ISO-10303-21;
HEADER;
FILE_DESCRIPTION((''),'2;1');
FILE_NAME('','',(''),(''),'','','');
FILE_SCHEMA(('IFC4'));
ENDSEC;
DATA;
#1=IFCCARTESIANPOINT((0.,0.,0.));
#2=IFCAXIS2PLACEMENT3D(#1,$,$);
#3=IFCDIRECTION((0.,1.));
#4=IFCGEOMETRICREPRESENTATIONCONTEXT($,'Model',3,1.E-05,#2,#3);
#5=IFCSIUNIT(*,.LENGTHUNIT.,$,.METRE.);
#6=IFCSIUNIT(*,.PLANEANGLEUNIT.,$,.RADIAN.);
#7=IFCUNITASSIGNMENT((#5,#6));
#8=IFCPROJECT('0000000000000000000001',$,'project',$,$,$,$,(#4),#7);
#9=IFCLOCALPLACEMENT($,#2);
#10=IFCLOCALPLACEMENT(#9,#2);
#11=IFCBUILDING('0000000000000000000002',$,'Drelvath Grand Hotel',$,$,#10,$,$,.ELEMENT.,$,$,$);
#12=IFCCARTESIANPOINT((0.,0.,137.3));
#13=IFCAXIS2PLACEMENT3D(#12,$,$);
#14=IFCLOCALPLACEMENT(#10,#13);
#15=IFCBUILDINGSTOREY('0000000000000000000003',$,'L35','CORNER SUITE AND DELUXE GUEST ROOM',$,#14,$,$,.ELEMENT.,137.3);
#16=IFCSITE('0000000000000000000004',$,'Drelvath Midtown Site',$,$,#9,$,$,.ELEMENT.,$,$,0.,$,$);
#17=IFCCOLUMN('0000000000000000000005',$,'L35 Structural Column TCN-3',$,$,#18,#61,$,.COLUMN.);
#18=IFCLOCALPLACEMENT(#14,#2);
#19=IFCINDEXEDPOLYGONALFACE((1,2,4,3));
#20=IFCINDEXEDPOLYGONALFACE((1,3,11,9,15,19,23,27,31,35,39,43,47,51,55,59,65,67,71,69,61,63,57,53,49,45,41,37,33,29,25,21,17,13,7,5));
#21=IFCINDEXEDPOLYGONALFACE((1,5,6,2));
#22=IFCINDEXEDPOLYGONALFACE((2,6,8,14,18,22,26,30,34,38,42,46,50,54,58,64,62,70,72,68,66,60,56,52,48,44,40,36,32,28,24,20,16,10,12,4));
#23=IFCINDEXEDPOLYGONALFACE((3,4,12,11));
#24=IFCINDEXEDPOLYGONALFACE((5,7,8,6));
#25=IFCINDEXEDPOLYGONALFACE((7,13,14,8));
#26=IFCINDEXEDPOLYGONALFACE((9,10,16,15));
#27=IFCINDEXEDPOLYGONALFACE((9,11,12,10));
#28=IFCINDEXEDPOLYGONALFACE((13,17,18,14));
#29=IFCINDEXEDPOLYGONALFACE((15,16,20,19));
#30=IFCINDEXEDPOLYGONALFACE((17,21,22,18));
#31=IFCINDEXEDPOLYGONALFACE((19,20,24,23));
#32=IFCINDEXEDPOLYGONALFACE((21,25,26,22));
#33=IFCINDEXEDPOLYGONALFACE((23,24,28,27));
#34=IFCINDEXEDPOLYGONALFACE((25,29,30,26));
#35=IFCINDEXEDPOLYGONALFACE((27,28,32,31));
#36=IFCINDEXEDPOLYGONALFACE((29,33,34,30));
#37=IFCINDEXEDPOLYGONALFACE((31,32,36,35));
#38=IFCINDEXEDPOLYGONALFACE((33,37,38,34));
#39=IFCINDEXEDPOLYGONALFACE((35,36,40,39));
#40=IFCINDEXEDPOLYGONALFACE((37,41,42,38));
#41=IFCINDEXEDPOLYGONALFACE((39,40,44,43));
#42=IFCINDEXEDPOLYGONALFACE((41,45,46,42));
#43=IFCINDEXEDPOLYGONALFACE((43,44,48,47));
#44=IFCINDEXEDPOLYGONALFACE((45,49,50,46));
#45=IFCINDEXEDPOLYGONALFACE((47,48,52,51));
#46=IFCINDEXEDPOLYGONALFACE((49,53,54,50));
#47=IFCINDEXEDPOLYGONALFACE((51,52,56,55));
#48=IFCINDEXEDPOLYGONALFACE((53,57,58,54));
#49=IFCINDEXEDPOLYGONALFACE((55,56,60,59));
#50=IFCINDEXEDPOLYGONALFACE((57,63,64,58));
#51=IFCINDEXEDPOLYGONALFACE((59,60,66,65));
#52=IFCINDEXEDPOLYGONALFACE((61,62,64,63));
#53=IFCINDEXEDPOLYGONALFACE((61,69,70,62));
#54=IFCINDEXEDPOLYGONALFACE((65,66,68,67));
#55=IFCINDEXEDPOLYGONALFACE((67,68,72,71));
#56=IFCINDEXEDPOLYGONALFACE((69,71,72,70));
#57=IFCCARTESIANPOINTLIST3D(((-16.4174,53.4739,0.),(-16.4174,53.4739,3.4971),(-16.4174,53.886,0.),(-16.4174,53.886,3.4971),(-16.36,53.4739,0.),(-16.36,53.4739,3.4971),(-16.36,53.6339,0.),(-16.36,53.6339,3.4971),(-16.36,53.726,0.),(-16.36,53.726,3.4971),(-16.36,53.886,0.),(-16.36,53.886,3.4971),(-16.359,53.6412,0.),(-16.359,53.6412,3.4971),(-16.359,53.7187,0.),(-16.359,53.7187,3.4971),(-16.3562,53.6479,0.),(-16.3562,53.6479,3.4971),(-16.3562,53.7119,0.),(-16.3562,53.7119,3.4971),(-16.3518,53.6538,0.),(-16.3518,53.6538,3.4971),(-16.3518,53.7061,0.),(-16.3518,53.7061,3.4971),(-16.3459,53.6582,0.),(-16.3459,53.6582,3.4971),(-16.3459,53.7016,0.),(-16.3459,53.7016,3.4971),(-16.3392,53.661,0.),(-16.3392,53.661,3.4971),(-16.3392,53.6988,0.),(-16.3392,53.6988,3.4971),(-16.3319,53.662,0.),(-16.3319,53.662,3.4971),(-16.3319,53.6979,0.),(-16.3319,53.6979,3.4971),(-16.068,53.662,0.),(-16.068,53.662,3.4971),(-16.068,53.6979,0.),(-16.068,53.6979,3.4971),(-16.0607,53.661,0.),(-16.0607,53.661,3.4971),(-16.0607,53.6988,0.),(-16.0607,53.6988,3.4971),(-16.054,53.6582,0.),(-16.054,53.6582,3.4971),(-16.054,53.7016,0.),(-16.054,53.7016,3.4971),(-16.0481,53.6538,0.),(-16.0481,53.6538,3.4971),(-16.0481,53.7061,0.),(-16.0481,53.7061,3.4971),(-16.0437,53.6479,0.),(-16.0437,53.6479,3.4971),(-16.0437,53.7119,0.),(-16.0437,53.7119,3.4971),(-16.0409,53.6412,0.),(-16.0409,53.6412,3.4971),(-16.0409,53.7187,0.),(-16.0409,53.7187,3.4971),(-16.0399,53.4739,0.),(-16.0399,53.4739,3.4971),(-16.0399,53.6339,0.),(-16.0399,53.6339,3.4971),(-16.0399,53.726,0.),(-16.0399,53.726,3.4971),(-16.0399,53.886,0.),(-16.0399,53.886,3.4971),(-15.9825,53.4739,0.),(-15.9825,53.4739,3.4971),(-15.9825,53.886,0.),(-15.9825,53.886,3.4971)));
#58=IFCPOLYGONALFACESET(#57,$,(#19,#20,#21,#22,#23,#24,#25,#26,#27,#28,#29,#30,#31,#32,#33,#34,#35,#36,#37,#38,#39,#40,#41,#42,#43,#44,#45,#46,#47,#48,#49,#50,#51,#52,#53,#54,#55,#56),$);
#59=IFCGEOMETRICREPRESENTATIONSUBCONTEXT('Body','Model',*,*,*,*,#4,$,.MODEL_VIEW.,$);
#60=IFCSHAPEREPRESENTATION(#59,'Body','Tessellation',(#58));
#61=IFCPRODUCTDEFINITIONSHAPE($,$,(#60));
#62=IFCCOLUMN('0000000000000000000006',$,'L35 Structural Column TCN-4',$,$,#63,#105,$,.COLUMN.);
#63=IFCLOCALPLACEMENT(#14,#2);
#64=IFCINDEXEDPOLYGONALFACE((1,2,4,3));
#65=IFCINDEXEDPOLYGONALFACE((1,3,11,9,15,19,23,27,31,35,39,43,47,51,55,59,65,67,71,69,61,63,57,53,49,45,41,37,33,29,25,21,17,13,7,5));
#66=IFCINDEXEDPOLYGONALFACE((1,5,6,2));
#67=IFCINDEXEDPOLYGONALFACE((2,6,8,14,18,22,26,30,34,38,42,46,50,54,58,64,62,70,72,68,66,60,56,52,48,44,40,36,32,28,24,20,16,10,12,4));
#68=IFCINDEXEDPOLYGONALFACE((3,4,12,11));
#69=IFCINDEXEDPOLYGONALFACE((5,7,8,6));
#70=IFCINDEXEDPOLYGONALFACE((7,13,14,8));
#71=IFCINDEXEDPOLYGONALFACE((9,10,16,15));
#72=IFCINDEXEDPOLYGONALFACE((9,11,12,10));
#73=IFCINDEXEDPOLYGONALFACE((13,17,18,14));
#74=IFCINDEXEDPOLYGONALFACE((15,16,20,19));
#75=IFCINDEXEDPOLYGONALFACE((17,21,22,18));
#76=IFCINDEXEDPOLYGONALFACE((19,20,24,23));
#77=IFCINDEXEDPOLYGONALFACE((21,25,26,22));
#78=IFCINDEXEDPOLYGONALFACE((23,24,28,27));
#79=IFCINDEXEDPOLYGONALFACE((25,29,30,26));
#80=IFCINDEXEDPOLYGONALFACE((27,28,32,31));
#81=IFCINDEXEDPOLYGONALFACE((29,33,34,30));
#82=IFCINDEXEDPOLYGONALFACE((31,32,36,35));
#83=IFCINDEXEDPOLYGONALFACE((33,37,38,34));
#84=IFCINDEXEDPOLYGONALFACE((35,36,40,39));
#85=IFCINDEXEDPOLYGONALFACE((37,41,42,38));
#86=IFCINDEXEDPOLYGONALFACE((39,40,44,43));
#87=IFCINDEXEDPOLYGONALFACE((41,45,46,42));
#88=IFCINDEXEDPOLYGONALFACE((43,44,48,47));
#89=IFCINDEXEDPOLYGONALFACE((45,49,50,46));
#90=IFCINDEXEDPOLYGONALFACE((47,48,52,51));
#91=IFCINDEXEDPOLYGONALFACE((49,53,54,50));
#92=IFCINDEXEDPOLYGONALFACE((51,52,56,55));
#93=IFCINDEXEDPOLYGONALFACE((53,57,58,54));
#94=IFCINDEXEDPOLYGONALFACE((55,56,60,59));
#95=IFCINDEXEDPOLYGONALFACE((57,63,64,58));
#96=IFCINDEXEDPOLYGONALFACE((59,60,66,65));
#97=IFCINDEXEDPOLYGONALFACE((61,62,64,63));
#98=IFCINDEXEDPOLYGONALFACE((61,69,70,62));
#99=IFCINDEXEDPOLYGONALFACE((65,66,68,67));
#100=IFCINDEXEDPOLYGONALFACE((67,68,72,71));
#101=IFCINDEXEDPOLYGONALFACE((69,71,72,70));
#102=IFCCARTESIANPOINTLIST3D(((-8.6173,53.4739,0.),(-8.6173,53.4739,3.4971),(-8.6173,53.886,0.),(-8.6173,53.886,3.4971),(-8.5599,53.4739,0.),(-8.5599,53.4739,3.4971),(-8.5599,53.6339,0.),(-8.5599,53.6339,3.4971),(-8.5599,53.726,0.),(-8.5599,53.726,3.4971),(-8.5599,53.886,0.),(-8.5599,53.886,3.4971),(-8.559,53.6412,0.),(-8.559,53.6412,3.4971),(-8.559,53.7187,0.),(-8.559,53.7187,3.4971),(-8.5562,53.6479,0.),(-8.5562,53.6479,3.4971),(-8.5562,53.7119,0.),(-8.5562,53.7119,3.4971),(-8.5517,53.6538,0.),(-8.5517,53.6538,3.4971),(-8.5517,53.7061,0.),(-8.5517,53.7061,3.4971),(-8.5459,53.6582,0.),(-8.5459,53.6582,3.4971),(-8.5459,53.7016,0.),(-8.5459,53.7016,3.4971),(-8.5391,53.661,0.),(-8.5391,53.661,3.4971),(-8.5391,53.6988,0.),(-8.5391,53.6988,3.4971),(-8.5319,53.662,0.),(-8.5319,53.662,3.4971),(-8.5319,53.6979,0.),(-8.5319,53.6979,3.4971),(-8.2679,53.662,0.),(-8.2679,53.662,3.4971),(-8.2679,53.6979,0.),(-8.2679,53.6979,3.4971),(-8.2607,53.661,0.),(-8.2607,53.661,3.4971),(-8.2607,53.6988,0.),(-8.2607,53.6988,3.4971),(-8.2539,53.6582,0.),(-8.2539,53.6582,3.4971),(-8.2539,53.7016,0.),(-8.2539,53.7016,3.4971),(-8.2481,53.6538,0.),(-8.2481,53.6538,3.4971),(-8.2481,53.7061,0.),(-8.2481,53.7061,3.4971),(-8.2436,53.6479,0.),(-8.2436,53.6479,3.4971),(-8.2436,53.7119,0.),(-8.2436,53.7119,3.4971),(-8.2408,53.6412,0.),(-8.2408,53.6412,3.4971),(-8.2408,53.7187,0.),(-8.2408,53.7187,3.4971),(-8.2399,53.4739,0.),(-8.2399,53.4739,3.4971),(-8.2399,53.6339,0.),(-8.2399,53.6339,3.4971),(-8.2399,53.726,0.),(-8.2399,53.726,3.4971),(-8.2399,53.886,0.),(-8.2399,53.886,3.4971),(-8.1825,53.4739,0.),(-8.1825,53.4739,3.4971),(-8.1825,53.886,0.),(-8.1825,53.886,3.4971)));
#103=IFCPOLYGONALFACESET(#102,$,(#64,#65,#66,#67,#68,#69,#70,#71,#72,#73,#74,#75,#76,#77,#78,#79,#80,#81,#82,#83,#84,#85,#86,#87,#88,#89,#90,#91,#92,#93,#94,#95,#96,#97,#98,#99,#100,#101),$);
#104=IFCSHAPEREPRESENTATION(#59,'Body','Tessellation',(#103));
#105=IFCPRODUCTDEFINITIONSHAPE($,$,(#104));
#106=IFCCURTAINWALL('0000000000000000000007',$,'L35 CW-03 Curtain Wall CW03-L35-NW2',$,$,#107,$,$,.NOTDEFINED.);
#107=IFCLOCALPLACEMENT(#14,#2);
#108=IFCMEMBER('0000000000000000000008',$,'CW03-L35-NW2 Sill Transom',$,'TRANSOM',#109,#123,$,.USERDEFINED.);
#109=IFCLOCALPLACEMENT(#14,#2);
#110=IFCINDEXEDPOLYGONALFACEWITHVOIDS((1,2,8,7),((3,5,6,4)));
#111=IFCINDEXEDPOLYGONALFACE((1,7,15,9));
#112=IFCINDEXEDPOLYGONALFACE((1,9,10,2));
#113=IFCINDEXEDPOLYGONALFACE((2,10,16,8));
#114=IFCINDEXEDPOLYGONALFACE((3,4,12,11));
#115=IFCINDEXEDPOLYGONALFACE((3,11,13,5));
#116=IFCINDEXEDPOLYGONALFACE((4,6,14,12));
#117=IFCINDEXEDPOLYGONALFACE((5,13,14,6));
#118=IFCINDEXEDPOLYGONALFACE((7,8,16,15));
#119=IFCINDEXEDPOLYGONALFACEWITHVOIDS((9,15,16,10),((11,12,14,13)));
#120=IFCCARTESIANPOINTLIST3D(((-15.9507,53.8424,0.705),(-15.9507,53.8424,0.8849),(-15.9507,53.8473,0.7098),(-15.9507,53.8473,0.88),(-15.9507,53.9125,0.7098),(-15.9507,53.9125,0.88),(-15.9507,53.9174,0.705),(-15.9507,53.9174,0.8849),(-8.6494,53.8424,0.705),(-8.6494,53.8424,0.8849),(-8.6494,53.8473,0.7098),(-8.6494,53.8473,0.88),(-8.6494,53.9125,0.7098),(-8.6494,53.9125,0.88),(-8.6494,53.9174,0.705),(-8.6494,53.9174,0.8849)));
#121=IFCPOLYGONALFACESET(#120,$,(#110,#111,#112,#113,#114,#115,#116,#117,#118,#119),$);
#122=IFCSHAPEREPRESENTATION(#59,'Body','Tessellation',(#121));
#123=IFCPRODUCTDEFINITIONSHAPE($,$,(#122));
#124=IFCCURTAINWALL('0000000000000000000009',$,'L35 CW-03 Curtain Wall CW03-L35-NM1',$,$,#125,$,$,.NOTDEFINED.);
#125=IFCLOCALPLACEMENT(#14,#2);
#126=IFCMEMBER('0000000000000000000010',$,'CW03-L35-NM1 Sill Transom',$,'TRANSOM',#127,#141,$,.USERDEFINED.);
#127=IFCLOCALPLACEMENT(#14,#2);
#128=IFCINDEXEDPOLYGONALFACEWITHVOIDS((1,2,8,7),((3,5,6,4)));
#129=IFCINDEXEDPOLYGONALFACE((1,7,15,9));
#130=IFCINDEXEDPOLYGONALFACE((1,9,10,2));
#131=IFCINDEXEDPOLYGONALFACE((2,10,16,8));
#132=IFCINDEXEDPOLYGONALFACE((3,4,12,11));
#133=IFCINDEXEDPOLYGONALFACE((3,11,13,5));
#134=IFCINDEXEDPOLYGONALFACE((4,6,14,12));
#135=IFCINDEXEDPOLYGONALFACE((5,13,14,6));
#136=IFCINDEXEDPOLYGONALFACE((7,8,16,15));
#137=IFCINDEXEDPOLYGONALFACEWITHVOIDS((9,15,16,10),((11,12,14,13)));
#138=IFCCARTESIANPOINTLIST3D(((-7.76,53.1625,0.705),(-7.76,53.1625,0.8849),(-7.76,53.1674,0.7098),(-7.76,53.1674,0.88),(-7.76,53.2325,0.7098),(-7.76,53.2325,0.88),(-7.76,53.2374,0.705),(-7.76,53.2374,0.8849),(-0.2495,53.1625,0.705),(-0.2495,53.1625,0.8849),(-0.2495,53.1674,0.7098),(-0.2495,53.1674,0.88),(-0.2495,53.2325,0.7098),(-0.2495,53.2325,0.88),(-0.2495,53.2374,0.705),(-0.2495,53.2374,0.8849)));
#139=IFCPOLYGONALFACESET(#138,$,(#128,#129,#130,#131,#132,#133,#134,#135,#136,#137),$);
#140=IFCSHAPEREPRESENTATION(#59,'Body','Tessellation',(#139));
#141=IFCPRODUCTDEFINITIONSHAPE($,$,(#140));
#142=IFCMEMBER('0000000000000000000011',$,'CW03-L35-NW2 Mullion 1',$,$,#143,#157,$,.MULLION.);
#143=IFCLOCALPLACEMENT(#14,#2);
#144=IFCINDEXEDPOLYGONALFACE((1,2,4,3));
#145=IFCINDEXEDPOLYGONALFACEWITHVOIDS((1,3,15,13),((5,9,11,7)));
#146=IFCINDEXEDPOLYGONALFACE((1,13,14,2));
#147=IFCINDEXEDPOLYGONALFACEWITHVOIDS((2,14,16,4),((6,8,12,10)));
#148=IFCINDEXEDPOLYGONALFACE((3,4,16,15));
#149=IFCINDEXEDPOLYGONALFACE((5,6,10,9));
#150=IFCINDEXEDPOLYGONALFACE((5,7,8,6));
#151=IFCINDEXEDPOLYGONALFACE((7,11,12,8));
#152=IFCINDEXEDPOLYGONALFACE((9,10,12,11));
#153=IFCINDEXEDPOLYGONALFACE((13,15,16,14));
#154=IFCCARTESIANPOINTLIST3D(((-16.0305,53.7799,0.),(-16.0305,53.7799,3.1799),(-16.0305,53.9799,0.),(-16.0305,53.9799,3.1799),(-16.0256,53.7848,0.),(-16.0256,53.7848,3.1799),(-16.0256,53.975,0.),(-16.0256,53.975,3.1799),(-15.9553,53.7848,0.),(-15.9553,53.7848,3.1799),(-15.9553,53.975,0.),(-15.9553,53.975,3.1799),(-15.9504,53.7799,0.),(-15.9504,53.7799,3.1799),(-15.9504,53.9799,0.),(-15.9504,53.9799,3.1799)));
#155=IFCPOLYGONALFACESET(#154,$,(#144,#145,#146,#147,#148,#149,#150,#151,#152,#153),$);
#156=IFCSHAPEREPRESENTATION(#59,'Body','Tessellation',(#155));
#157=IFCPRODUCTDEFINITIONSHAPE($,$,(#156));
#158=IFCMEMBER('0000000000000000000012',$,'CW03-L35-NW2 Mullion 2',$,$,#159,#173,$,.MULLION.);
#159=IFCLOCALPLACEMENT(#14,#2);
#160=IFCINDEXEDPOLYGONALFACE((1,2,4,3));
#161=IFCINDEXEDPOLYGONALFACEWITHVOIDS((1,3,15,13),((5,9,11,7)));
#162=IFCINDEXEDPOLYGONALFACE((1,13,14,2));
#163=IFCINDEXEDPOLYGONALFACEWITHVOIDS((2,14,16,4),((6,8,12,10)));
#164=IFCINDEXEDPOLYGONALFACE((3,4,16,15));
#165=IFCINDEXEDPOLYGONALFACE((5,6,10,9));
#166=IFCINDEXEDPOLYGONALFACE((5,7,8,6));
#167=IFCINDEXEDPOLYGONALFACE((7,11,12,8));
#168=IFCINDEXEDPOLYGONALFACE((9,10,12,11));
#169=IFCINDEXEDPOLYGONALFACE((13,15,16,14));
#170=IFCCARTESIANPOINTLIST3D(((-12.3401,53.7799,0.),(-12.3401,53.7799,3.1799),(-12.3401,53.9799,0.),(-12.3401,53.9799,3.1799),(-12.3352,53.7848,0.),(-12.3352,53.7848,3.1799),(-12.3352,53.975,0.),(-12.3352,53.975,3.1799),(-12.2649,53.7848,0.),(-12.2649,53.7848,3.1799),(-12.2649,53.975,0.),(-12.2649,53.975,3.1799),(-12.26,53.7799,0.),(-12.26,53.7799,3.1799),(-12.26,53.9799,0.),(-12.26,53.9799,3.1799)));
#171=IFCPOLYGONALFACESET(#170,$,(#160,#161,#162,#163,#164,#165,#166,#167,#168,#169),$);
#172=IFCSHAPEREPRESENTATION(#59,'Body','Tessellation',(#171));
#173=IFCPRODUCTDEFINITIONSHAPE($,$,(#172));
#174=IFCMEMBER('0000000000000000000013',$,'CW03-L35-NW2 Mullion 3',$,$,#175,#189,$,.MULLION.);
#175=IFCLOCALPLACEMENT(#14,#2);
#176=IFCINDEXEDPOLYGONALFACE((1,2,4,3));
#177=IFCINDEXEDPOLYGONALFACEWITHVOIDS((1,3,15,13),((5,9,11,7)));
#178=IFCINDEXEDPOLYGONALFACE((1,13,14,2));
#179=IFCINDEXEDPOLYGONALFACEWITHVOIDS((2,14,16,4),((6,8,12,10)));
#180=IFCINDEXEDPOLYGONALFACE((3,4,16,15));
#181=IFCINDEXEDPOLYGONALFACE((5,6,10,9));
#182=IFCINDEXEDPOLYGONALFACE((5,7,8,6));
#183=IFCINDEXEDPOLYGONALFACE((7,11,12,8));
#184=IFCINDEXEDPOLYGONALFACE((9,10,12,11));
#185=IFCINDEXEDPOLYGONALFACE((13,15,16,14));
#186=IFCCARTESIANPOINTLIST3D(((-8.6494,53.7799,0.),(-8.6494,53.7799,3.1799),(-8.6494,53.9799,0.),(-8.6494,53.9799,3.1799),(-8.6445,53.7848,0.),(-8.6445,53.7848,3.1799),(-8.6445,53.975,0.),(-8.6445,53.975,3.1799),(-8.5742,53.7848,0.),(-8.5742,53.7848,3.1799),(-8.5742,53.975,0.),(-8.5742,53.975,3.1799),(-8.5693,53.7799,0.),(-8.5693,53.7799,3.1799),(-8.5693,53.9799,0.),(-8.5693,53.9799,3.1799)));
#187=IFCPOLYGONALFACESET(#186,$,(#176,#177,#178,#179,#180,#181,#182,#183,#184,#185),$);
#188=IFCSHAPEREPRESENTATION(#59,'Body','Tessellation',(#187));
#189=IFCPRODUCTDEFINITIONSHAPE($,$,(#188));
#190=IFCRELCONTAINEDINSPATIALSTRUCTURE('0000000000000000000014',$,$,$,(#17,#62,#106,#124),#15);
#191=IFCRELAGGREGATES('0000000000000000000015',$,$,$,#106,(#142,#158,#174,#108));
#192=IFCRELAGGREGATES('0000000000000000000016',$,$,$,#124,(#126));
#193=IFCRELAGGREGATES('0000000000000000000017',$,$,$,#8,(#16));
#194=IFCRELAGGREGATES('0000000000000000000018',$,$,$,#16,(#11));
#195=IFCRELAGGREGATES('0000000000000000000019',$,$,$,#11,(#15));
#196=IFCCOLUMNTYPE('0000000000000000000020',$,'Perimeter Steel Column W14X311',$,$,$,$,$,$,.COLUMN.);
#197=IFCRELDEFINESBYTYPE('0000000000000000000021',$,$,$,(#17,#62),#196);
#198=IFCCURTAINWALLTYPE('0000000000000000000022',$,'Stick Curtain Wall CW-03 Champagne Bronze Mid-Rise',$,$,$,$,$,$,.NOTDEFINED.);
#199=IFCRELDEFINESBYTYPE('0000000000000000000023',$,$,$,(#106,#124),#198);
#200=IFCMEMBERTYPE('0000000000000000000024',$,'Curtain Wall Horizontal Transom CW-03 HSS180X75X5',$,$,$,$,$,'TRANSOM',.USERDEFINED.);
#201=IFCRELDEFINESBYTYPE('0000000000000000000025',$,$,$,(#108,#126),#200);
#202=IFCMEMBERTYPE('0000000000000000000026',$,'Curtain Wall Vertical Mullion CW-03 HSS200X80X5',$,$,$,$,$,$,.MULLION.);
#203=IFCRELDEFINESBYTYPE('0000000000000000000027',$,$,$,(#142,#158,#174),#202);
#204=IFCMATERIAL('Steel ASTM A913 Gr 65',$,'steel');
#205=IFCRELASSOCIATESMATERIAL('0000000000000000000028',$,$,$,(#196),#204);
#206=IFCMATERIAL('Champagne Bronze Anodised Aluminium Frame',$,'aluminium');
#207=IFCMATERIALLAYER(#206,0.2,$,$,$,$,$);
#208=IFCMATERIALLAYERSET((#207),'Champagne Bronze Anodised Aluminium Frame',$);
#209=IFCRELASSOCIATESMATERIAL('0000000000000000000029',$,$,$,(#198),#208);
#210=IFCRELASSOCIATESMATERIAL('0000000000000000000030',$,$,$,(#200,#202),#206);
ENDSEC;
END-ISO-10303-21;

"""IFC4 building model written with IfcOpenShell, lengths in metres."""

from ifc_helpers import new_model, si_unit, direction, frame, origin, origin_2d, place, context, subcontext, project, spatial, hollow_rectangle, i_section, extrude, material, layer, layer_set, material_profile, profile_set, type_object, element, aggregate, save


model = new_model("IFC4")

# Units and contexts
model_context = context("Model", 3, precision=1e-05, world=origin(), true_north=direction((0.0, 1.0)))
body_context = subcontext(model_context, "Body", "Model", "MODEL_VIEW")
ifc_project = project(units=[si_unit("LENGTHUNIT", "METRE"), si_unit("PLANEANGLEUNIT", "RADIAN")], contexts=[model_context])

# Site, building, storey
site_placement = place(None, origin())
site = spatial("IfcSite", under=ifc_project, at=site_placement, Name="Drelvath Midtown Site", CompositionType="ELEMENT", RefElevation=0.0)
building_placement = place(site_placement, origin())
building = spatial("IfcBuilding", under=site, at=building_placement, Name="Drelvath Grand Hotel", CompositionType="ELEMENT")
storey_placement = place(building_placement, frame((0.0, 0.0, 137.3)))
storey = spatial("IfcBuildingStorey", under=building, at=storey_placement, Name="L35", Description="CORNER SUITE AND DELUXE GUEST ROOM", CompositionType="ELEMENT", Elevation=137.3)

# Columns
ifc_material_1 = material(Name="Steel ASTM A913 Gr 65", Category="steel")
ifc_material_profile_1 = material_profile(ifc_material_1, i_section(OverallWidth=0.4121, OverallDepth=0.4348, WebThickness=0.0359, FlangeThickness=0.0574, FilletRadius=0.0281, at=origin_2d()), Name="W14X311")
ifc_profile_set_1 = profile_set([ifc_material_profile_1], Name="Steel ASTM A913 Gr 65")
column_type = type_object("IfcColumnType", Name="Perimeter Steel Column W14X311", PredefinedType="COLUMN", material=ifc_profile_set_1)
for number, where, z_axis, x_axis, name in (
    (1, (-16.2, 53.6799, 0.0), (0.0, 0.0, 1.0), (0.0, 1.0, 0.0), "L35 Structural Column TCN-3"),
    (2, (-8.3999, 53.6799, 0.0), (0.0, 0.0, 1.0), (0.0, 1.0, 0.0), "L35 Structural Column TCN-4"),
):
    element("IfcColumn", number, at=place(storey_placement, frame(where, z_axis=z_axis, x_axis=x_axis)), inside=storey, type_object=column_type, Name=name, PredefinedType="COLUMN", context=body_context, shape_type="SweptSolid", body=[
        extrude(i_section(OverallWidth=0.4121, OverallDepth=0.4348, WebThickness=0.0359, FlangeThickness=0.0574, FilletRadius=0.0281, at=origin_2d()), origin(), (0.0, 0.0, 1.0), 3.4971),
    ])

# Curtain walls, members
ifc_material_2 = material(Name="Champagne Bronze Anodised Aluminium Frame", Category="aluminium")
ifc_layer_1 = layer(ifc_material_2, 0.2)
ifc_layer_set_1 = layer_set([ifc_layer_1], Name="Champagne Bronze Anodised Aluminium Frame")
curtain_wall_type = type_object("IfcCurtainWallType", Name="Stick Curtain Wall CW-03 Champagne Bronze Mid-Rise", PredefinedType="NOTDEFINED", material=ifc_layer_set_1)
curtain_wall_1_placement = place(storey_placement, origin())
curtain_wall_1 = element("IfcCurtainWall", 3, at=curtain_wall_1_placement, inside=storey, type_object=curtain_wall_type, Name="L35 CW-03 Curtain Wall CW03-L35-NW2", PredefinedType="NOTDEFINED")
ifc_material_profile_2 = material_profile(ifc_material_2, hollow_rectangle(XDim=0.075, YDim=0.1799, WallThickness=0.0049, at=origin_2d()), Name="HSS180X75X5")
ifc_profile_set_2 = profile_set([ifc_material_profile_2], Name="Champagne Bronze Anodised Aluminium Frame")
member_type_1 = type_object("IfcMemberType", Name="Curtain Wall Horizontal Transom CW-03 HSS180X75X5", ElementType="TRANSOM", PredefinedType="USERDEFINED", material=ifc_profile_set_2)
member_1_placement = place(storey_placement, frame((-15.9507, 53.8799, 0.7949), z_axis=(1.0, 0.0, 0.0), x_axis=(0.0, 1.0, 0.0)))
member_1 = element("IfcMember", 4, at=member_1_placement, type_object=member_type_1, Name="CW03-L35-NW2 Sill Transom", ObjectType="TRANSOM", PredefinedType="USERDEFINED", context=body_context, shape_type="SweptSolid", body=[
    extrude(hollow_rectangle(XDim=0.075, YDim=0.1799, WallThickness=0.0049, at=origin_2d()), origin(), (0.0, 0.0, 1.0), 7.3013),
])
curtain_wall_2_placement = place(storey_placement, origin())
curtain_wall_2 = element("IfcCurtainWall", 5, at=curtain_wall_2_placement, inside=storey, type_object=curtain_wall_type, Name="L35 CW-03 Curtain Wall CW03-L35-NM1", PredefinedType="NOTDEFINED")
member_2_placement = place(storey_placement, frame((-7.76, 53.2, 0.7949), z_axis=(1.0, 0.0, 0.0), x_axis=(0.0, 1.0, 0.0)))
member_2 = element("IfcMember", 6, at=member_2_placement, type_object=member_type_1, Name="CW03-L35-NM1 Sill Transom", ObjectType="TRANSOM", PredefinedType="USERDEFINED", context=body_context, shape_type="SweptSolid", body=[
    extrude(hollow_rectangle(XDim=0.075, YDim=0.1799, WallThickness=0.0049, at=origin_2d()), origin(), (0.0, 0.0, 1.0), 7.5105),
])

# Members
ifc_material_profile_3 = material_profile(ifc_material_2, hollow_rectangle(XDim=0.0801, YDim=0.2, WallThickness=0.0049, at=origin_2d()), Name="HSS200X80X5")
ifc_profile_set_3 = profile_set([ifc_material_profile_3], Name="Champagne Bronze Anodised Aluminium Frame")
member_type_2 = type_object("IfcMemberType", Name="Curtain Wall Vertical Mullion CW-03 HSS200X80X5", PredefinedType="MULLION", material=ifc_profile_set_3)
member_3_placement = place(storey_placement, frame((-15.9905, 53.8799, 0.0), z_axis=(0.0, 0.0, 1.0), x_axis=(1.0, 0.0, 0.0)))
member_3 = element("IfcMember", 7, at=member_3_placement, type_object=member_type_2, Name="CW03-L35-NW2 Mullion 1", PredefinedType="MULLION", context=body_context, shape_type="SweptSolid", body=[
    extrude(hollow_rectangle(XDim=0.0801, YDim=0.2, WallThickness=0.0049, at=origin_2d()), origin(), (0.0, 0.0, 1.0), 3.1799),
])
member_4_placement = place(storey_placement, frame((-12.3, 53.8799, 0.0), z_axis=(0.0, 0.0, 1.0), x_axis=(1.0, 0.0, 0.0)))
member_4 = element("IfcMember", 8, at=member_4_placement, type_object=member_type_2, Name="CW03-L35-NW2 Mullion 2", PredefinedType="MULLION", context=body_context, shape_type="SweptSolid", body=[
    extrude(hollow_rectangle(XDim=0.0801, YDim=0.2, WallThickness=0.0049, at=origin_2d()), origin(), (0.0, 0.0, 1.0), 3.1799),
])
member_5_placement = place(storey_placement, frame((-8.6094, 53.8799, 0.0), z_axis=(0.0, 0.0, 1.0), x_axis=(1.0, 0.0, 0.0)))
member_5 = element("IfcMember", 9, at=member_5_placement, type_object=member_type_2, Name="CW03-L35-NW2 Mullion 3", PredefinedType="MULLION", context=body_context, shape_type="SweptSolid", body=[
    extrude(hollow_rectangle(XDim=0.0801, YDim=0.2, WallThickness=0.0049, at=origin_2d()), origin(), (0.0, 0.0, 1.0), 3.1799),
])

aggregate(curtain_wall_1, [member_3, member_4, member_5, member_1])
aggregate(curtain_wall_2, [member_2])

save(model, "model.ifc")
